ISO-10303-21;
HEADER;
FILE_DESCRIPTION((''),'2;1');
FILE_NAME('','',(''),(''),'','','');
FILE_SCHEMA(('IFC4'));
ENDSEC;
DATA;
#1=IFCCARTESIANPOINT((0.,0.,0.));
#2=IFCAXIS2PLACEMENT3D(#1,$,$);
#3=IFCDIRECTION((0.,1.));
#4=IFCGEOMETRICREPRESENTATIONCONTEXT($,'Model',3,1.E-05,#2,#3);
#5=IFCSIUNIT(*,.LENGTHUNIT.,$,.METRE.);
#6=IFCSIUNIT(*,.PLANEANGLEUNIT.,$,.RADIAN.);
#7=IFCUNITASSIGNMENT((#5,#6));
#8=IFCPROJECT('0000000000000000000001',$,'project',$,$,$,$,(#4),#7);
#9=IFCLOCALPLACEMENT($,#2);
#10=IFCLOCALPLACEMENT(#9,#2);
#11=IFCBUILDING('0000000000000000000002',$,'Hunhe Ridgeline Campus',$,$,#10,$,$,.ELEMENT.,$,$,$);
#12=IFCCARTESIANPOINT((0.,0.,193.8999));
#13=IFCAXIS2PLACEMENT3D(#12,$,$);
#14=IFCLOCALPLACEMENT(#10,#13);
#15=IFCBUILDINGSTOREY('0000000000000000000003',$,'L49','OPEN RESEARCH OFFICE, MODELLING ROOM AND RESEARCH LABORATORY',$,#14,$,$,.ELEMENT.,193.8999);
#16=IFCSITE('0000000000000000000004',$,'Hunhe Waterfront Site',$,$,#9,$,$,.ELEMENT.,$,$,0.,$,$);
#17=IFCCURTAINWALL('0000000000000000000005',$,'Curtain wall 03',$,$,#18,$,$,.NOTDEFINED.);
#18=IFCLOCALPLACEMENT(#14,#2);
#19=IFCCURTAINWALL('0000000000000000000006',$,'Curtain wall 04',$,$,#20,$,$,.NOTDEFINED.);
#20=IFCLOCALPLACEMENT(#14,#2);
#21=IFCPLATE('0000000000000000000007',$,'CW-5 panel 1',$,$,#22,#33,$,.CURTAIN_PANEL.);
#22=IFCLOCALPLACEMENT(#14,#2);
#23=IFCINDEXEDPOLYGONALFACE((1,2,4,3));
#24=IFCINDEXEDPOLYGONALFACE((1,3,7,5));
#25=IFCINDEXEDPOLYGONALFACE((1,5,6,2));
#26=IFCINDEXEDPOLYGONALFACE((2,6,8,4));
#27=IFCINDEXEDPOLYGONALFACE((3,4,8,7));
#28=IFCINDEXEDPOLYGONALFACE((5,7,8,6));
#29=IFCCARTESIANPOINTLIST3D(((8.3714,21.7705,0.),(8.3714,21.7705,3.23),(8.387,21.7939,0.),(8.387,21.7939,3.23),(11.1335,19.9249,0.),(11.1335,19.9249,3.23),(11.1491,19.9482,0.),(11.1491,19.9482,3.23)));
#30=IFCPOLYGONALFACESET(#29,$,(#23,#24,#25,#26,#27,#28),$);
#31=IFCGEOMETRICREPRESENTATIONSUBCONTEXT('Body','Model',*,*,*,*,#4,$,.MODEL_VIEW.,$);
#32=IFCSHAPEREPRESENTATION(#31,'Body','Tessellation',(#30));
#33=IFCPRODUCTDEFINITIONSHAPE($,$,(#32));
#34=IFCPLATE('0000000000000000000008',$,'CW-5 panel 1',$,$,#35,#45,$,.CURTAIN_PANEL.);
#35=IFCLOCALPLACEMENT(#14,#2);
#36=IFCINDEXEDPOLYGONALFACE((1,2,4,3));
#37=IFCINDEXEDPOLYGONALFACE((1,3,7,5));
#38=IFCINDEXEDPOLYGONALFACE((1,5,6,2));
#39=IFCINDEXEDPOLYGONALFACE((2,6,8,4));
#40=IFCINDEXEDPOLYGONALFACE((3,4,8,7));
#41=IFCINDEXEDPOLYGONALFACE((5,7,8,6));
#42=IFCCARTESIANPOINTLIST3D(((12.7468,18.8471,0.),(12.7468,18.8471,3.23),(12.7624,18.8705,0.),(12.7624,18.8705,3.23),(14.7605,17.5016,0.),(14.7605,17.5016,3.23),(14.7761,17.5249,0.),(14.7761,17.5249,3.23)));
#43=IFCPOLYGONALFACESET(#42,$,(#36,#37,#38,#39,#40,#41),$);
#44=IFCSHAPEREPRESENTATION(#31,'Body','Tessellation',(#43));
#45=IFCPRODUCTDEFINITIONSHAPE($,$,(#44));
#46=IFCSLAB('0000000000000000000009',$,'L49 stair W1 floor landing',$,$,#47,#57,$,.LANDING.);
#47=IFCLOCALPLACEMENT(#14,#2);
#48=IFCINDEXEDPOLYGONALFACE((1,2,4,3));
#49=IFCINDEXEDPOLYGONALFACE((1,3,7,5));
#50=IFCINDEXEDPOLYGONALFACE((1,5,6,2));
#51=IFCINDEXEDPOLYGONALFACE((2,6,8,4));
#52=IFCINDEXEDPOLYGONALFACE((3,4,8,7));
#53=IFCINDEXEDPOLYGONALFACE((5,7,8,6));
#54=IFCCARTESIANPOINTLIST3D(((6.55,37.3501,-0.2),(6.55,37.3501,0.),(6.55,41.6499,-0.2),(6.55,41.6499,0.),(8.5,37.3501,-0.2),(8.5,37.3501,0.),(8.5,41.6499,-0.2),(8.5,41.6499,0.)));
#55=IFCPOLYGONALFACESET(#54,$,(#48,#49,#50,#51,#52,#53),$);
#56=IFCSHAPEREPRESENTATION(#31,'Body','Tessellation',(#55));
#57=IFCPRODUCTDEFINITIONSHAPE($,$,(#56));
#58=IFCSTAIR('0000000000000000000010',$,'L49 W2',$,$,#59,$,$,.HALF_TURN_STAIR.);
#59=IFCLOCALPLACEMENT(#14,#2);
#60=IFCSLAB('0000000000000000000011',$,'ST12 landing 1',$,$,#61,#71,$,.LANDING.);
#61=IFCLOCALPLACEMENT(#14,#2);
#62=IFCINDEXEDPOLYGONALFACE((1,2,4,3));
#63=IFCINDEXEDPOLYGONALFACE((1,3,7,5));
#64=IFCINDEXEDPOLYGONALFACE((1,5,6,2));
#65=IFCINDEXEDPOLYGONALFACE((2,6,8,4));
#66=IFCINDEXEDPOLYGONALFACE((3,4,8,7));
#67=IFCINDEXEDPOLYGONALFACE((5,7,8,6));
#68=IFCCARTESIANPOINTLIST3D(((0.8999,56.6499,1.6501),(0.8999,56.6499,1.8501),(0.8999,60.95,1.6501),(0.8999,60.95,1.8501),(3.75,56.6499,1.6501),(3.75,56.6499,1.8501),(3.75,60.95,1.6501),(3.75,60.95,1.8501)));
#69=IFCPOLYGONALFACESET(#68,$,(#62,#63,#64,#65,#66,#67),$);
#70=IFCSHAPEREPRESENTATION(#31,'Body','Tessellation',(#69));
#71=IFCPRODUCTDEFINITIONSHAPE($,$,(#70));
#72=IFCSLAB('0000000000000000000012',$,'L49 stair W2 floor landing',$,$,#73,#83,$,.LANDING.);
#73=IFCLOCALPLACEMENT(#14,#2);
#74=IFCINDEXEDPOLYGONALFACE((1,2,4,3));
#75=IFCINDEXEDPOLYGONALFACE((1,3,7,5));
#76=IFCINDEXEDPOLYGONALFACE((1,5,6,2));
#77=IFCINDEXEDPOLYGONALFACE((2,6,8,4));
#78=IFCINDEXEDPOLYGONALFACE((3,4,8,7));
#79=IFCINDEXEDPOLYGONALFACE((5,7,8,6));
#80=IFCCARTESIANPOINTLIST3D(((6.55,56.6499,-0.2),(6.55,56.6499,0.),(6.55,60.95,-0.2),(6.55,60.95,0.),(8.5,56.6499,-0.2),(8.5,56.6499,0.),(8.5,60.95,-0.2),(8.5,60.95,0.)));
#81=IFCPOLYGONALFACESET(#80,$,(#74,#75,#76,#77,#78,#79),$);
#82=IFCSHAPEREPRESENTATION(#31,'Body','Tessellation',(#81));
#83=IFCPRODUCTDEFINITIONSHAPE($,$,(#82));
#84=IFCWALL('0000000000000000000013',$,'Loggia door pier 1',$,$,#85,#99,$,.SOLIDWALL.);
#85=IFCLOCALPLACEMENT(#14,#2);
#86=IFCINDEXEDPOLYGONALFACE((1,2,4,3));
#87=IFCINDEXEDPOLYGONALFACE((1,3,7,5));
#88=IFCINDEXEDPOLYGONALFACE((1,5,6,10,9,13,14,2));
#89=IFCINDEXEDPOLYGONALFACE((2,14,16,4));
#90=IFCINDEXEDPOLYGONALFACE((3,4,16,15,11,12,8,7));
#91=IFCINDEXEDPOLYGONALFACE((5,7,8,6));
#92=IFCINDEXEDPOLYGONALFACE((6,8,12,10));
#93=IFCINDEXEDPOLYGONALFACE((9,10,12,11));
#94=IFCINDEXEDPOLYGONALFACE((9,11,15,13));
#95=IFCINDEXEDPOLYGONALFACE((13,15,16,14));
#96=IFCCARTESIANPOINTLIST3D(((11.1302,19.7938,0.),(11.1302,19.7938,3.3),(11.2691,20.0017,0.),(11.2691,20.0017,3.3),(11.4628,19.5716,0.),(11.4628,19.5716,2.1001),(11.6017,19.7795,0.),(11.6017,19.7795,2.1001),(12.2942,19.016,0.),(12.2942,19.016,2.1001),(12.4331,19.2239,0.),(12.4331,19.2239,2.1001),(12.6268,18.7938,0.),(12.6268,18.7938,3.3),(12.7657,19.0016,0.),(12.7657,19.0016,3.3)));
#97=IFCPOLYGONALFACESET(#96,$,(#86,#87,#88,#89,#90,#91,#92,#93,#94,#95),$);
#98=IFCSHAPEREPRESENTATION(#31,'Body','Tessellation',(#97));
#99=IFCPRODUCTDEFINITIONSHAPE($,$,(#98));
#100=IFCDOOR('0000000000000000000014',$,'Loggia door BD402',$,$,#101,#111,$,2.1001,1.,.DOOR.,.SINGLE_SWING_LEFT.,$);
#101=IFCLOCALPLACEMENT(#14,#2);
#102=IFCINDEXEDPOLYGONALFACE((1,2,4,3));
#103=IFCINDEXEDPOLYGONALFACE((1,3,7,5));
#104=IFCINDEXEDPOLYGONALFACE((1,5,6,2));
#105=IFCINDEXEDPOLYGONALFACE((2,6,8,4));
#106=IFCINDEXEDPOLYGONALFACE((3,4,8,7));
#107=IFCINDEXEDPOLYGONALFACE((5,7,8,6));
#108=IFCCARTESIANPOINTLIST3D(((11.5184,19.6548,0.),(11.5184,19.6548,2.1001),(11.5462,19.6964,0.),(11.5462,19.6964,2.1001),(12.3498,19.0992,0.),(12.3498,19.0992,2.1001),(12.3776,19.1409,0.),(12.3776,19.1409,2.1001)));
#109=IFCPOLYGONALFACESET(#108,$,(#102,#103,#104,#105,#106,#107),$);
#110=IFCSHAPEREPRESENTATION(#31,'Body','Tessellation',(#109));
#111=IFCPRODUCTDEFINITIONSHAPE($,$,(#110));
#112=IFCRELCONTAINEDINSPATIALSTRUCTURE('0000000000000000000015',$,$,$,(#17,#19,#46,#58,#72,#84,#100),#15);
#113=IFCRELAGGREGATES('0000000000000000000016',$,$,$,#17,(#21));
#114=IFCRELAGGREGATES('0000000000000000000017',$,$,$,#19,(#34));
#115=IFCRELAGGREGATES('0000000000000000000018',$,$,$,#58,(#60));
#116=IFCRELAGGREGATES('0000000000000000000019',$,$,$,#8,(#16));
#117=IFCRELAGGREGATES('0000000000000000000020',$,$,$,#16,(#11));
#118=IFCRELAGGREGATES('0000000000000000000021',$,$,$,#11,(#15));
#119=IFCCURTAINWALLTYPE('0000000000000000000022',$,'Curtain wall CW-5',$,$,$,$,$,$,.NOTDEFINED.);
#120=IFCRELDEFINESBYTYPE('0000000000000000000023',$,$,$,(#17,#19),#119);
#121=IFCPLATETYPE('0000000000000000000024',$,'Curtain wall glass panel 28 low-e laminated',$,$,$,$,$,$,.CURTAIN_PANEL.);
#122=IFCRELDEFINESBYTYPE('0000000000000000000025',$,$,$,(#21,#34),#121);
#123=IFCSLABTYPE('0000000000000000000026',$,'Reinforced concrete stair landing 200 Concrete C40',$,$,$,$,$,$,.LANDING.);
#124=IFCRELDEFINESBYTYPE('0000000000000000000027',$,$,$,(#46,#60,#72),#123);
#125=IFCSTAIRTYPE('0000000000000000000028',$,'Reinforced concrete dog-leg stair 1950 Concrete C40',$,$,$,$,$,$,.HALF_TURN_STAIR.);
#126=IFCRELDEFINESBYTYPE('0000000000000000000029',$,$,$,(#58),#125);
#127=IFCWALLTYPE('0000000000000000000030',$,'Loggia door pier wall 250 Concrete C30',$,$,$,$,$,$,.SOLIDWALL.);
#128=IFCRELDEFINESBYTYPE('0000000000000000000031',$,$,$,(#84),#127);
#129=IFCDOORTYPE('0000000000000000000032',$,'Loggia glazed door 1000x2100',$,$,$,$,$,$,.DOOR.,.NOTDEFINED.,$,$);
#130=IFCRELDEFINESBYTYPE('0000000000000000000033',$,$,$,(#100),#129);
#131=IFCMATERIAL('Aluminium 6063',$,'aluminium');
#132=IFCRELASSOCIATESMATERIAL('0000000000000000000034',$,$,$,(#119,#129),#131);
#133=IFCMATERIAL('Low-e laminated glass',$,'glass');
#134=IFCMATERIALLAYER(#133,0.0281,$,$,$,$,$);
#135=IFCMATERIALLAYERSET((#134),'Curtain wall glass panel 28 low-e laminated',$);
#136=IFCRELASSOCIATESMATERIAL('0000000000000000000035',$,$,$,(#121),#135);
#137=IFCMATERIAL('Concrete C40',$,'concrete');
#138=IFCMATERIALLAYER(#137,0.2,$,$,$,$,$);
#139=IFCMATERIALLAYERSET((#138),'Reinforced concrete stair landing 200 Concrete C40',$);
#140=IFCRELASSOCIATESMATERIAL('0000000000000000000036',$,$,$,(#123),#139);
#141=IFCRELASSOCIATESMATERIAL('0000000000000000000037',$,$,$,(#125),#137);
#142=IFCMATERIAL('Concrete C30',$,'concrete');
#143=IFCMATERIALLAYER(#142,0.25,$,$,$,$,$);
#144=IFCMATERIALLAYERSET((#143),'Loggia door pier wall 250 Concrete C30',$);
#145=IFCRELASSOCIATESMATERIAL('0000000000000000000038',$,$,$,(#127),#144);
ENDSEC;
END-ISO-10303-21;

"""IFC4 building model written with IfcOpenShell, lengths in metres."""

from ifc_helpers import new_model, si_unit, direction, frame, frame_2d, origin, origin_2d, place, context, subcontext, project, spatial, polyline, rectangle, outline, extrude, material, layer, layer_set, type_object, element, fill, aggregate, save


model = new_model("IFC4")

# Units and contexts
model_context = context("Model", 3, precision=1e-05, world=origin(), true_north=direction((0.0, 1.0)))
body_context = subcontext(model_context, "Body", "Model", "MODEL_VIEW")
ifc_project = project(units=[si_unit("LENGTHUNIT", "METRE"), si_unit("PLANEANGLEUNIT", "RADIAN")], contexts=[model_context])

# Site, building, storey
site_placement = place(None, origin())
site = spatial("IfcSite", under=ifc_project, at=site_placement, Name="Hunhe Waterfront Site", CompositionType="ELEMENT", RefElevation=0.0)
building_placement = place(site_placement, origin())
building = spatial("IfcBuilding", under=site, at=building_placement, Name="Hunhe Ridgeline Campus", CompositionType="ELEMENT")
storey_placement = place(building_placement, frame((0.0, 0.0, 193.8999)))
storey = spatial("IfcBuildingStorey", under=building, at=storey_placement, Name="L49", Description="OPEN RESEARCH OFFICE, MODELLING ROOM AND RESEARCH LABORATORY", CompositionType="ELEMENT", Elevation=193.8999)

# Curtain wall
ifc_material_1 = material(Name="Aluminium 6063", Category="aluminium")
curtain_wall_type = type_object("IfcCurtainWallType", Name="Curtain wall CW-5", PredefinedType="NOTDEFINED", material=ifc_material_1)
curtain_wall_1_placement = place(storey_placement, origin())
curtain_wall_1 = element("IfcCurtainWall", 1, at=curtain_wall_1_placement, inside=storey, type_object=curtain_wall_type, Name="Curtain wall 03", PredefinedType="NOTDEFINED")

# Curtain wall
curtain_wall_2_placement = place(storey_placement, origin())
curtain_wall_2 = element("IfcCurtainWall", 2, at=curtain_wall_2_placement, inside=storey, type_object=curtain_wall_type, Name="Curtain wall 04", PredefinedType="NOTDEFINED")

# Plates
ifc_material_2 = material(Name="Low-e laminated glass", Category="glass")
ifc_layer_1 = layer(ifc_material_2, 0.0281)
ifc_layer_set_1 = layer_set([ifc_layer_1], Name="Curtain wall glass panel 28 low-e laminated")
plate_type = type_object("IfcPlateType", Name="Curtain wall glass panel 28 low-e laminated", PredefinedType="CURTAIN_PANEL", material=ifc_layer_set_1)
plate_1_placement = place(storey_placement, frame((9.7603, 20.8594, 0.0), z_axis=(0.0, 0.0, 1.0), x_axis=(0.83147, -0.55557, 0.0)))
plate_1 = element("IfcPlate", 3, at=plate_1_placement, type_object=plate_type, Name="CW-5 panel 1", PredefinedType="CURTAIN_PANEL", context=body_context, shape_type="SweptSolid", body=[
    extrude(rectangle(XDim=3.322, YDim=0.0281, at=origin_2d()), origin(), (0.0, 0.0, 1.0), 3.23),
])
aggregate(curtain_wall_1, [plate_1])
plate_2_placement = place(storey_placement, frame((13.7615, 18.186, 0.0), z_axis=(0.0, 0.0, 1.0), x_axis=(0.83147, -0.55557, 0.0)))
plate_2 = element("IfcPlate", 4, at=plate_2_placement, type_object=plate_type, Name="CW-5 panel 1", PredefinedType="CURTAIN_PANEL", context=body_context, shape_type="SweptSolid", body=[
    extrude(rectangle(XDim=2.4219, YDim=0.0281, at=origin_2d()), origin(), (0.0, 0.0, 1.0), 3.23),
])
aggregate(curtain_wall_2, [plate_2])

# Slab
ifc_material_3 = material(Name="Concrete C40", Category="concrete")
ifc_layer_2 = layer(ifc_material_3, 0.2)
ifc_layer_set_2 = layer_set([ifc_layer_2], Name="Reinforced concrete stair landing 200 Concrete C40")
slab_type = type_object("IfcSlabType", Name="Reinforced concrete stair landing 200 Concrete C40", PredefinedType="LANDING", material=ifc_layer_set_2)
slab_1_placement = place(storey_placement, frame((0.0, 0.0, -0.2)))
element("IfcSlab", 5, at=slab_1_placement, inside=storey, type_object=slab_type, Name="L49 stair W1 floor landing", PredefinedType="LANDING", context=body_context, shape_type="SweptSolid", body=[
    extrude(outline(polyline([(8.5, 41.6499), (6.55, 41.6499), (6.55, 37.3501), (8.5, 37.3501), (8.5, 41.6499)])), origin(), (0.0, 0.0, 1.0), 0.2),
])

# Stair, slab
stair_type = type_object("IfcStairType", Name="Reinforced concrete dog-leg stair 1950 Concrete C40", PredefinedType="HALF_TURN_STAIR", material=ifc_material_3)
stair_placement = place(storey_placement, origin())
stair = element("IfcStair", 6, at=stair_placement, inside=storey, type_object=stair_type, Name="L49 W2", PredefinedType="HALF_TURN_STAIR")
slab_2_placement = place(storey_placement, frame((0.0, 0.0, 1.6501)))
slab_2 = element("IfcSlab", 7, at=slab_2_placement, type_object=slab_type, Name="ST12 landing 1", PredefinedType="LANDING", context=body_context, shape_type="SweptSolid", body=[
    extrude(outline(polyline([(3.75, 60.95), (0.8999, 60.95), (0.8999, 56.6499), (3.75, 56.6499), (3.75, 60.95)])), origin(), (0.0, 0.0, 1.0), 0.2),
])
aggregate(stair, [slab_2])

# Slab
slab_3_placement = place(storey_placement, frame((0.0, 0.0, -0.2)))
element("IfcSlab", 8, at=slab_3_placement, inside=storey, type_object=slab_type, Name="L49 stair W2 floor landing", PredefinedType="LANDING", context=body_context, shape_type="SweptSolid", body=[
    extrude(outline(polyline([(8.5, 60.95), (6.55, 60.95), (6.55, 56.6499), (8.5, 56.6499), (8.5, 60.95)])), origin(), (0.0, 0.0, 1.0), 0.2),
])

# Wall, opening, door
ifc_material_4 = material(Name="Concrete C30", Category="concrete")
ifc_layer_3 = layer(ifc_material_4, 0.25)
ifc_layer_set_3 = layer_set([ifc_layer_3], Name="Loggia door pier wall 250 Concrete C30")
wall_type = type_object("IfcWallType", Name="Loggia door pier wall 250 Concrete C30", PredefinedType="SOLIDWALL", material=ifc_layer_set_3)
wall_placement = place(storey_placement, frame((11.1997, 19.8977, 0.0), z_axis=(0.0, 0.0, 1.0), x_axis=(0.831466, -0.555576, 0.0)))
wall = element("IfcWall", 9, at=wall_placement, inside=storey, type_object=wall_type, Name="Loggia door pier 1", PredefinedType="SOLIDWALL", context=body_context, shape_type="SweptSolid", body=[
    extrude(rectangle(XDim=1.8, YDim=0.25, at=frame_2d((0.8999, 0.0))), origin(), (0.0, 0.0, 1.0), 3.3),
])
opening_placement = place(wall_placement, frame((0.3999, 0.0, 0.0)))
opening = element("IfcOpeningElement", 10, at=opening_placement, cuts=wall, PredefinedType="OPENING", context=body_context, shape_type="SweptSolid", body=[
    extrude(rectangle(XDim=1.0, YDim=2.1001, at=frame_2d((0.5, 1.05))), frame((0.0, 0.125, 0.0), z_axis=(0.0, -1.0, 0.0), x_axis=(1.0, 0.0, 0.0)), (0.0, 0.0, 1.0), 0.25),
])
door_type = type_object("IfcDoorType", Name="Loggia glazed door 1000x2100", OperationType="NOTDEFINED", PredefinedType="DOOR", material=ifc_material_1)
door_placement = place(opening_placement, frame((1.0, 0.0, 0.0), z_axis=(0.0, 0.0, 1.0), x_axis=(-1.0, 0.0, 0.0)))
door = element("IfcDoor", 11, at=door_placement, inside=storey, type_object=door_type, Name="Loggia door BD402", OperationType="SINGLE_SWING_LEFT", OverallHeight=2.1001, OverallWidth=1.0, PredefinedType="DOOR", context=body_context, shape_type="SweptSolid", body=[
    extrude(rectangle(XDim=1.0, YDim=2.1001, at=frame_2d((0.5, 1.05))), frame((0.0, 0.0249, 0.0), z_axis=(0.0, -1.0, 0.0), x_axis=(1.0, 0.0, 0.0)), (0.0, 0.0, 1.0), 0.05),
])
fill(opening, door)

save(model, "model.ifc")
